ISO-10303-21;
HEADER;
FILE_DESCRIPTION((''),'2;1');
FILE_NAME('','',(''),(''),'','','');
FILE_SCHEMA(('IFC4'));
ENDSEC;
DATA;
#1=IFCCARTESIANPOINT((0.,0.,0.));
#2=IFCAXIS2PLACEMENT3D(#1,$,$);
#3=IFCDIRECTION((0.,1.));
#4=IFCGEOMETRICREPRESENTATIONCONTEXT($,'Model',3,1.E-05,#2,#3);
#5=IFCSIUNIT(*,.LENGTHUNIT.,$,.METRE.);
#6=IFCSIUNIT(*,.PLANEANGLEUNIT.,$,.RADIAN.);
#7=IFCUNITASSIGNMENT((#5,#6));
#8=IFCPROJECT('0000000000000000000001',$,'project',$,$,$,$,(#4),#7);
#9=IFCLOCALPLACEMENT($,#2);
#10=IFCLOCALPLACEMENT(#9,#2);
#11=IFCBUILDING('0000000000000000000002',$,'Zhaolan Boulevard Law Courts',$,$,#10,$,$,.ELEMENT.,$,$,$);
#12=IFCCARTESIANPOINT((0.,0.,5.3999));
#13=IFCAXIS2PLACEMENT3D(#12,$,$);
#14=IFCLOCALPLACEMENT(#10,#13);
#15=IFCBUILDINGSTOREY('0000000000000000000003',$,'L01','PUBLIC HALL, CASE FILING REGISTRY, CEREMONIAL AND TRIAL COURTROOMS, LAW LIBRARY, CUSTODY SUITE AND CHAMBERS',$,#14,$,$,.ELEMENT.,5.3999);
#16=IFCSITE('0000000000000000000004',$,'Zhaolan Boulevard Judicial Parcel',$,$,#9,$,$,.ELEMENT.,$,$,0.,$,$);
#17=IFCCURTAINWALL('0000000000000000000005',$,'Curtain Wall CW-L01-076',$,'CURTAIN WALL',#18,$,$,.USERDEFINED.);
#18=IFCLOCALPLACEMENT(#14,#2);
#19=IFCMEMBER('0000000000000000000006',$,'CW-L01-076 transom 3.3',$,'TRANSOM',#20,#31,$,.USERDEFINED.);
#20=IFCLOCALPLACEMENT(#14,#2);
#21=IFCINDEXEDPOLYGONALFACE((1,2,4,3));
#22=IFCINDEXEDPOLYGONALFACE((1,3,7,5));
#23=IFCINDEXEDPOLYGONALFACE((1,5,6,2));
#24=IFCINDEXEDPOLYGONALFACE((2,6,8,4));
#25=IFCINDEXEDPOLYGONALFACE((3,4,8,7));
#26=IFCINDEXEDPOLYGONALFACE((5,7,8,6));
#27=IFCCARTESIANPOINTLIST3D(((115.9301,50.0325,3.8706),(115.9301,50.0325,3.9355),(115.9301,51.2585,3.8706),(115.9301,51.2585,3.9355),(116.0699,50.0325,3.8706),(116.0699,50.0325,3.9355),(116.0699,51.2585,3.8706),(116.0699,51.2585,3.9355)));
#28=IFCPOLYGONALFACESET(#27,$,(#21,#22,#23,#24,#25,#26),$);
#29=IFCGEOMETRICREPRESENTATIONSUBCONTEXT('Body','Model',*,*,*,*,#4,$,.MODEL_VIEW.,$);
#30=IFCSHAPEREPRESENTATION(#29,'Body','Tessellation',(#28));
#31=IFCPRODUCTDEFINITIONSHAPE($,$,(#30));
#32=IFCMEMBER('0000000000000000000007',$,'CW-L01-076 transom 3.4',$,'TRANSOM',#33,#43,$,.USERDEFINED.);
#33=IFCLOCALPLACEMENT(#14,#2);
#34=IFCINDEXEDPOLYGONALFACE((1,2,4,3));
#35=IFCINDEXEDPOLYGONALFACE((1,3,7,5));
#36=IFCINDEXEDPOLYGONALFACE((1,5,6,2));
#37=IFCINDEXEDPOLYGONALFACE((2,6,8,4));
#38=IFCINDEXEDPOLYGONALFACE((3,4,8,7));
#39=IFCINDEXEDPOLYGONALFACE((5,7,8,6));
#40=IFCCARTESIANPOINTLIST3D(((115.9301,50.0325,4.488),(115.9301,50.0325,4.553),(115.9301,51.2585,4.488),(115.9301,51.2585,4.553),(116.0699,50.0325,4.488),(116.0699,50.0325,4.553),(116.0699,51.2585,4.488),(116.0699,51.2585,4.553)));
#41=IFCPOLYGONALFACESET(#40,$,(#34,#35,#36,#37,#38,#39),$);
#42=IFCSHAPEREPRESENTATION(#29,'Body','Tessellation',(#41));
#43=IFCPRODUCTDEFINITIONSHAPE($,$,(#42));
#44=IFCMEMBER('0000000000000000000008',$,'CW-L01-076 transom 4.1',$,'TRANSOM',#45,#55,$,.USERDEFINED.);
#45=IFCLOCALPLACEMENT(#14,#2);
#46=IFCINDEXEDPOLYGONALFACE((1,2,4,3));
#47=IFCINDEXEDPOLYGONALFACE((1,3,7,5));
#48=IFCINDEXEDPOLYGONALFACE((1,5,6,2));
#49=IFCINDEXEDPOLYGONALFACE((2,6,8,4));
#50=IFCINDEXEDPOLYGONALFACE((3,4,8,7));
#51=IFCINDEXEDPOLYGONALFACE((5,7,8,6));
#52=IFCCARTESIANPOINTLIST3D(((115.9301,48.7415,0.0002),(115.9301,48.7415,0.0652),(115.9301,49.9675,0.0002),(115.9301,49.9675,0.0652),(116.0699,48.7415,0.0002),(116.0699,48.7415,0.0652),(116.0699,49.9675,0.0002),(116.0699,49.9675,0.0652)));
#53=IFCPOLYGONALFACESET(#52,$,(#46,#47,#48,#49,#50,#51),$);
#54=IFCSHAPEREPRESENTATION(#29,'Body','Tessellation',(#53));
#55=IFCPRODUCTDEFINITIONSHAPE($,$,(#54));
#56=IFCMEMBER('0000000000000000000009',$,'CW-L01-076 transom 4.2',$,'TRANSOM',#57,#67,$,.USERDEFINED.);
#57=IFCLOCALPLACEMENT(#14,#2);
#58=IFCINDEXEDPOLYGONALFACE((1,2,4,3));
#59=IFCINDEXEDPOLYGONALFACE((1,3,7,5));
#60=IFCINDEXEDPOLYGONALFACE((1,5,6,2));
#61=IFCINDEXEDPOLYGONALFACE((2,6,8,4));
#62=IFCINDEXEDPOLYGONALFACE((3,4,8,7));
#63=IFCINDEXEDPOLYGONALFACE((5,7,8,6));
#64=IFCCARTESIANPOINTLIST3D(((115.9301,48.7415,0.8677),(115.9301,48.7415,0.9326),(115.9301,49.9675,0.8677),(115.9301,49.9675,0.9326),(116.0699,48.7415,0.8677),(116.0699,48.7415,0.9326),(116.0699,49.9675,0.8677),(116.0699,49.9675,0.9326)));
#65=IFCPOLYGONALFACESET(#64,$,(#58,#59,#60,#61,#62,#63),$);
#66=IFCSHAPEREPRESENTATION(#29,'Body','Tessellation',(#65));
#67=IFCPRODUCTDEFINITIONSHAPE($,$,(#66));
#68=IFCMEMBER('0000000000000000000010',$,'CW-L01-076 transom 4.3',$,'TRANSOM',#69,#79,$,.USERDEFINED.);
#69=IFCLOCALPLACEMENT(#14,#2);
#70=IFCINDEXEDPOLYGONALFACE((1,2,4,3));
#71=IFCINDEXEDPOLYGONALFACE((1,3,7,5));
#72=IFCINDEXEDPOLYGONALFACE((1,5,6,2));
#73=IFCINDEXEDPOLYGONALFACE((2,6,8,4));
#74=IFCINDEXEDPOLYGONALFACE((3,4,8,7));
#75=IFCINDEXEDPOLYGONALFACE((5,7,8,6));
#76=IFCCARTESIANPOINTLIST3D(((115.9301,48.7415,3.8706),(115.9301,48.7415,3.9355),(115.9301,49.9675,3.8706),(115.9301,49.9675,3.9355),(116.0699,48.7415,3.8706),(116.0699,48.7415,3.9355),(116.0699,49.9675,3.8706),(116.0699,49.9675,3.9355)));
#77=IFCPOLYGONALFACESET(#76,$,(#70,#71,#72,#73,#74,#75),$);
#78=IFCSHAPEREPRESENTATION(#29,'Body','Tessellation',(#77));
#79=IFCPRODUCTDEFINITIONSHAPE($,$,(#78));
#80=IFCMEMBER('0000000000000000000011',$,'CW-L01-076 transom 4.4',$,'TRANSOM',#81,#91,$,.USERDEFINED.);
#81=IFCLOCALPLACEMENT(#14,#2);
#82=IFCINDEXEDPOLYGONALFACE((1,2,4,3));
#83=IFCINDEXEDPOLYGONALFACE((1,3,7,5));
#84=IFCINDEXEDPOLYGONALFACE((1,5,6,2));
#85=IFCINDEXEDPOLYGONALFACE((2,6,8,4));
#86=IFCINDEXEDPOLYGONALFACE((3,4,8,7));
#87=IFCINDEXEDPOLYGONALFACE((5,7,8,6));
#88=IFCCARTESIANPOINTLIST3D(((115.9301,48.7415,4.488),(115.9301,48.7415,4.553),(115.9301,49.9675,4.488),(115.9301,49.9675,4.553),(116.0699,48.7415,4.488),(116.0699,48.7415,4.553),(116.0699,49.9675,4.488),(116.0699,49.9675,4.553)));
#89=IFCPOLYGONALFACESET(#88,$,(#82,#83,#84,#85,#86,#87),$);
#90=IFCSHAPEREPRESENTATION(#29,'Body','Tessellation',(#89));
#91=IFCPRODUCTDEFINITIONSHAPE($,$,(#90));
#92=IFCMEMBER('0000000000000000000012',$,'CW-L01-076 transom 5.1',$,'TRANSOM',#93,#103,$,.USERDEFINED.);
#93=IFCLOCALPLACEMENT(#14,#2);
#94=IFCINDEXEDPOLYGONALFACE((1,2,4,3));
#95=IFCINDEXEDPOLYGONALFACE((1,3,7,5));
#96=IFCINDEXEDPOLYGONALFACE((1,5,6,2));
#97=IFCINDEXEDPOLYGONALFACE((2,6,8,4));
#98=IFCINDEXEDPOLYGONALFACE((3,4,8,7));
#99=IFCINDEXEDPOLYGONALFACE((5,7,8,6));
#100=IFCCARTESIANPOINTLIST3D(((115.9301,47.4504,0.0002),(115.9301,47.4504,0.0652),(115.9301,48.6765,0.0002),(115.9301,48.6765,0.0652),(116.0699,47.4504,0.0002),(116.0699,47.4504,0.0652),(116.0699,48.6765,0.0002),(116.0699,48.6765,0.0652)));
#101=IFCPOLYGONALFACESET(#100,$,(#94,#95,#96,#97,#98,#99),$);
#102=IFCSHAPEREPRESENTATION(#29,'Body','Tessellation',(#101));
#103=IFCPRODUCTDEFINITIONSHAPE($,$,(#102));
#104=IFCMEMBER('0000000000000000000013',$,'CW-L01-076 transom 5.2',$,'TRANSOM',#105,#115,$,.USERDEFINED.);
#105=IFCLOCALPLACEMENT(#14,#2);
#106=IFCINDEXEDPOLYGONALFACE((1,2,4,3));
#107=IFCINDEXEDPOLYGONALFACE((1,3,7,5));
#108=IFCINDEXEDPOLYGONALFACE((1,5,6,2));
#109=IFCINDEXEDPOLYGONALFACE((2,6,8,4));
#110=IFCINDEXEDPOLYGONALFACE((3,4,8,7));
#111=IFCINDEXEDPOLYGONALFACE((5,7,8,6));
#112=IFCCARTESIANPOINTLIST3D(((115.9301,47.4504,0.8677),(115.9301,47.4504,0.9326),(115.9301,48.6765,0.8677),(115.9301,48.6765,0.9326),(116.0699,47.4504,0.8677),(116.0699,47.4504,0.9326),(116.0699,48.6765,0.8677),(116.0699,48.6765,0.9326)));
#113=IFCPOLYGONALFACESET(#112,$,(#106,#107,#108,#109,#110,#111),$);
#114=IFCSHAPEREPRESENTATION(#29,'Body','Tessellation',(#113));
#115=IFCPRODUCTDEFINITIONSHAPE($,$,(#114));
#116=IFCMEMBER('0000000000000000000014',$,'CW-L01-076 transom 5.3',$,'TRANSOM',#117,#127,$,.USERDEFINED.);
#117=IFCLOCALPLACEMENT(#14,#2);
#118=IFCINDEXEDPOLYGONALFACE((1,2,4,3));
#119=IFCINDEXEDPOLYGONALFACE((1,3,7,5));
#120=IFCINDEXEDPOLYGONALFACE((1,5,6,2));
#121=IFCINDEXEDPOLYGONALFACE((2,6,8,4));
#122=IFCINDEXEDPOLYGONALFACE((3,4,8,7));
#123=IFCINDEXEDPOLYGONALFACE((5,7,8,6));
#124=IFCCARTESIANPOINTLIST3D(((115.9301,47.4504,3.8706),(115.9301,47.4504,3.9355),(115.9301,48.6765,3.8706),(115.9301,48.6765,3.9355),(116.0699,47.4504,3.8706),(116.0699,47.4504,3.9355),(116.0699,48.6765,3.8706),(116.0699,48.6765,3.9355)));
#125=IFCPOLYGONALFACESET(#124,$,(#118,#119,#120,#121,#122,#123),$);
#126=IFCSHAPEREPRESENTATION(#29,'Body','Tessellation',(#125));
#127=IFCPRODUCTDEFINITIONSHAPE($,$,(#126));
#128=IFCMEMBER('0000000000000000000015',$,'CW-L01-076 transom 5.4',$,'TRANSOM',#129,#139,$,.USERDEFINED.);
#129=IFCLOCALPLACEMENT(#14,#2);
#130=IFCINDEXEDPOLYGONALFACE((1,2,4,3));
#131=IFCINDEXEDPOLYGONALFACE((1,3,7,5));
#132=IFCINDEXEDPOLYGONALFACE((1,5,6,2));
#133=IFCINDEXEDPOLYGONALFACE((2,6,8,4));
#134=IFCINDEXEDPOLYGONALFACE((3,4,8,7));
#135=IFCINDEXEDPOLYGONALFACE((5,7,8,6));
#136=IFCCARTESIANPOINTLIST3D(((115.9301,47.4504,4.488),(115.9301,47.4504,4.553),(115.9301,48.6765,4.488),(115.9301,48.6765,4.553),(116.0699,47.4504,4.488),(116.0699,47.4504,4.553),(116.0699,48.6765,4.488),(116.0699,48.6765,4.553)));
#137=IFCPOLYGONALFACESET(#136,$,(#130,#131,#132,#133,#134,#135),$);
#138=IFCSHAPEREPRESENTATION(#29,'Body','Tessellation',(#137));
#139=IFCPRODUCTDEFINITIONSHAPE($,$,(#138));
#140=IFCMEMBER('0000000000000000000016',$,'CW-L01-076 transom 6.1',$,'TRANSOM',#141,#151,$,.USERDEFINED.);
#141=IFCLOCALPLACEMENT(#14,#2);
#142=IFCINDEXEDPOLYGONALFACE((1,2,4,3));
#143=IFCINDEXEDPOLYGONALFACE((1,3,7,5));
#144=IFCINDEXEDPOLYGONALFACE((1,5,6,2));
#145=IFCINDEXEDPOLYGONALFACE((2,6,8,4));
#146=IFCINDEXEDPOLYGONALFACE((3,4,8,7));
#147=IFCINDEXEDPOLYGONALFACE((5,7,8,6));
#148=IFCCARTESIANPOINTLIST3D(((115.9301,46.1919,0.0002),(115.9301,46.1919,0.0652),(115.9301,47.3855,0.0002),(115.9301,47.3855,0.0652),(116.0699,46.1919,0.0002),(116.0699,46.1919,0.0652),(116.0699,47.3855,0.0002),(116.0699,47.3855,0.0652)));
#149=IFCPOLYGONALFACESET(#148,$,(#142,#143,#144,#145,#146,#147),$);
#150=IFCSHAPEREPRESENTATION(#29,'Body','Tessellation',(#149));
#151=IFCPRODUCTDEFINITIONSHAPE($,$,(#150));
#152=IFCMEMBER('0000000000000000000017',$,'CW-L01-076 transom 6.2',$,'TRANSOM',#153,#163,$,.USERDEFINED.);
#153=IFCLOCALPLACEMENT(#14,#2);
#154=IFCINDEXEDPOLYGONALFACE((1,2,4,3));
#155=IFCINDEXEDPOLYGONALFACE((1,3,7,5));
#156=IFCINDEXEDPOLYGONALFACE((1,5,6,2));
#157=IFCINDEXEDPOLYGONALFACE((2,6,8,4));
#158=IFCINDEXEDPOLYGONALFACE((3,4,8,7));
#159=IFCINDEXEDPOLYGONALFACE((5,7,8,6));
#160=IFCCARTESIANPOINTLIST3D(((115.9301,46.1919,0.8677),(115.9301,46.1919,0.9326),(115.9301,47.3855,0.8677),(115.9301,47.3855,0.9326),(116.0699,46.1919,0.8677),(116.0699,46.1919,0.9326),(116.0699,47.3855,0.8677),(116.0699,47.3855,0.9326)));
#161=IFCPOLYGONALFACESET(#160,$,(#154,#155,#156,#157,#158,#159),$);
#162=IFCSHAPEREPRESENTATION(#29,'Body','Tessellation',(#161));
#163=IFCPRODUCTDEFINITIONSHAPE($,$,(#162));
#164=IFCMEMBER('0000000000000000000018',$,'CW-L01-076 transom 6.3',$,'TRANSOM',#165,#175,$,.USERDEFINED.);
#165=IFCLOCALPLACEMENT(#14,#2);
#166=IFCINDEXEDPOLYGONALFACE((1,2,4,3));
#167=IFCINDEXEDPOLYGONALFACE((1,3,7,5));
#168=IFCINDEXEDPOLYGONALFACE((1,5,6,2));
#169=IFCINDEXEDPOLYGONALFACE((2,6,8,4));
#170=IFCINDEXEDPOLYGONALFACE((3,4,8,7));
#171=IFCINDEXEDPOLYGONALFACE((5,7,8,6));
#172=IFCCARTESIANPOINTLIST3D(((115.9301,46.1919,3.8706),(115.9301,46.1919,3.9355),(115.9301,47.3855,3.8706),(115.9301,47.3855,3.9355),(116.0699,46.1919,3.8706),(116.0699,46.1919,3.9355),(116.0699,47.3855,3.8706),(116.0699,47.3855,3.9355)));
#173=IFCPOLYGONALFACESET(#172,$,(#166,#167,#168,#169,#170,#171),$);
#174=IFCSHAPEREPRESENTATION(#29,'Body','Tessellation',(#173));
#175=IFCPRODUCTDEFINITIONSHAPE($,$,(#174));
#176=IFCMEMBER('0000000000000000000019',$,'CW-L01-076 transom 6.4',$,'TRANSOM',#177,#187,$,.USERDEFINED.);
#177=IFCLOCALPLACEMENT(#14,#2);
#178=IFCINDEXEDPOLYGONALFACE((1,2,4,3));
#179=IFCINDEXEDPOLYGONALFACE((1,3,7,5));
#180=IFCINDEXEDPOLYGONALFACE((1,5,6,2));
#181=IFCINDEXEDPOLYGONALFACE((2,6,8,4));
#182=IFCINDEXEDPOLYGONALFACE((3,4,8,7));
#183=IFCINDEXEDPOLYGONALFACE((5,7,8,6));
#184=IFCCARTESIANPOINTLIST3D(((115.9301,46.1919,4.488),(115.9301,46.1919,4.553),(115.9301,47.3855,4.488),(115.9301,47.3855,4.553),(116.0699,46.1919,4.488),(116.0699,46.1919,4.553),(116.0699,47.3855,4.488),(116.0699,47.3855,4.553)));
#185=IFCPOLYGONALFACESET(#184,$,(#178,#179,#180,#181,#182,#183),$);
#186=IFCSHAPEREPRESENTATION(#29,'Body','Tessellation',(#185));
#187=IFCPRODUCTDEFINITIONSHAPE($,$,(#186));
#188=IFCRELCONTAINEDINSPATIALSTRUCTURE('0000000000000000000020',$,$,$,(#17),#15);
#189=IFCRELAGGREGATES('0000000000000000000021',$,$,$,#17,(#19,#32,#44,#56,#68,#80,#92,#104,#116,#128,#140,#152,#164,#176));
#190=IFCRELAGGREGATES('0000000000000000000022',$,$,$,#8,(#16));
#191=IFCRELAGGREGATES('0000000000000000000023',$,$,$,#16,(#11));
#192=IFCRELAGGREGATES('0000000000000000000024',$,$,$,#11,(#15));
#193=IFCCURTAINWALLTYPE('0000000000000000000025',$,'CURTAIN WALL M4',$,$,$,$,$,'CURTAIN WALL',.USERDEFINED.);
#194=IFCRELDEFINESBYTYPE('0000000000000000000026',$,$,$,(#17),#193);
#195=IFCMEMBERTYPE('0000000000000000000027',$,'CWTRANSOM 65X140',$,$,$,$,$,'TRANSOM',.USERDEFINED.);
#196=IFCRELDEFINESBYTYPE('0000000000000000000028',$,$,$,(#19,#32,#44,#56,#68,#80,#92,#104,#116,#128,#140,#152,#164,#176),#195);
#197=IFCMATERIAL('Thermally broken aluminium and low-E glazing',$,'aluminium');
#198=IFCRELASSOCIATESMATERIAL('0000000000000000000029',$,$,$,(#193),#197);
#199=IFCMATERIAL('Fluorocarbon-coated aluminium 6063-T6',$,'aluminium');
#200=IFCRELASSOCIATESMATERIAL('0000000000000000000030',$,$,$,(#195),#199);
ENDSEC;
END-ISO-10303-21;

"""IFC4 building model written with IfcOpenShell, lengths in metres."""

from ifc_helpers import new_model, si_unit, direction, frame, origin, origin_2d, place, context, subcontext, project, spatial, rectangle, extrude, material, material_profile, profile_set, type_object, element, aggregate, save


model = new_model("IFC4")

# Units and contexts
model_context = context("Model", 3, precision=1e-05, world=origin(), true_north=direction((0.0, 1.0)))
body_context = subcontext(model_context, "Body", "Model", "MODEL_VIEW")
ifc_project = project(units=[si_unit("LENGTHUNIT", "METRE"), si_unit("PLANEANGLEUNIT", "RADIAN")], contexts=[model_context])

# Site, building, storey
site_placement = place(None, origin())
site = spatial("IfcSite", under=ifc_project, at=site_placement, Name="Zhaolan Boulevard Judicial Parcel", CompositionType="ELEMENT", RefElevation=0.0)
building_placement = place(site_placement, origin())
building = spatial("IfcBuilding", under=site, at=building_placement, Name="Zhaolan Boulevard Law Courts", CompositionType="ELEMENT")
storey_placement = place(building_placement, frame((0.0, 0.0, 5.3999)))
storey = spatial("IfcBuildingStorey", under=building, at=storey_placement, Name="L01", Description="PUBLIC HALL, CASE FILING REGISTRY, CEREMONIAL AND TRIAL COURTROOMS, LAW LIBRARY, CUSTODY SUITE AND CHAMBERS", CompositionType="ELEMENT", Elevation=5.3999)

# Curtain wall
ifc_material_1 = material(Name="Thermally broken aluminium and low-E glazing", Category="aluminium")
curtain_wall_type_1 = type_object("IfcCurtainWallType", Name="CURTAIN WALL M4", ElementType="CURTAIN WALL", PredefinedType="USERDEFINED", material=ifc_material_1)
curtain_wall_1_placement = place(storey_placement, origin())
curtain_wall_1 = element("IfcCurtainWall", 1, at=curtain_wall_1_placement, inside=storey, type_object=curtain_wall_type_1, Name="Curtain Wall CW-L01-076", ObjectType="CURTAIN WALL", PredefinedType="USERDEFINED")

# Members
ifc_material_2 = material(Name="Fluorocarbon-coated aluminium 6063-T6", Category="aluminium")
ifc_material_profile_1 = material_profile(ifc_material_2, rectangle(XDim=0.1399, YDim=0.0649, at=origin_2d()), Name="AL65x140")
ifc_profile_set_1 = profile_set([ifc_material_profile_1], Name="Fluorocarbon-coated aluminium 6063-T6")
member_type_1 = type_object("IfcMemberType", Name="CWTRANSOM 65X140", ElementType="TRANSOM", PredefinedType="USERDEFINED", material=ifc_profile_set_1)
member_1_placement = place(storey_placement, frame((116.0, 51.2585, 3.9031), z_axis=(0.0, -1.0, 0.0), x_axis=(1.0, 0.0, 0.0)))
member_1 = element("IfcMember", 2, at=member_1_placement, type_object=member_type_1, Name="CW-L01-076 transom 3.3", ObjectType="TRANSOM", PredefinedType="USERDEFINED", context=body_context, shape_type="SweptSolid", body=[
    extrude(rectangle(XDim=0.1399, YDim=0.0649, at=origin_2d()), origin(), (0.0, 0.0, 1.0), 1.2261),
])
member_2_placement = place(storey_placement, frame((116.0, 51.2585, 4.5205), z_axis=(0.0, -1.0, 0.0), x_axis=(1.0, 0.0, 0.0)))
member_2 = element("IfcMember", 3, at=member_2_placement, type_object=member_type_1, Name="CW-L01-076 transom 3.4", ObjectType="TRANSOM", PredefinedType="USERDEFINED", context=body_context, shape_type="SweptSolid", body=[
    extrude(rectangle(XDim=0.1399, YDim=0.0649, at=origin_2d()), origin(), (0.0, 0.0, 1.0), 1.2261),
])
member_3_placement = place(storey_placement, frame((116.0, 49.9675, 0.0327), z_axis=(0.0, -1.0, 0.0), x_axis=(1.0, 0.0, 0.0)))
member_3 = element("IfcMember", 4, at=member_3_placement, type_object=member_type_1, Name="CW-L01-076 transom 4.1", ObjectType="TRANSOM", PredefinedType="USERDEFINED", context=body_context, shape_type="SweptSolid", body=[
    extrude(rectangle(XDim=0.1399, YDim=0.0649, at=origin_2d()), origin(), (0.0, 0.0, 1.0), 1.2261),
])
member_4_placement = place(storey_placement, frame((116.0, 49.9675, 0.9001), z_axis=(0.0, -1.0, 0.0), x_axis=(1.0, 0.0, 0.0)))
member_4 = element("IfcMember", 5, at=member_4_placement, type_object=member_type_1, Name="CW-L01-076 transom 4.2", ObjectType="TRANSOM", PredefinedType="USERDEFINED", context=body_context, shape_type="SweptSolid", body=[
    extrude(rectangle(XDim=0.1399, YDim=0.0649, at=origin_2d()), origin(), (0.0, 0.0, 1.0), 1.2261),
])
member_5_placement = place(storey_placement, frame((116.0, 49.9675, 3.9031), z_axis=(0.0, -1.0, 0.0), x_axis=(1.0, 0.0, 0.0)))
member_5 = element("IfcMember", 6, at=member_5_placement, type_object=member_type_1, Name="CW-L01-076 transom 4.3", ObjectType="TRANSOM", PredefinedType="USERDEFINED", context=body_context, shape_type="SweptSolid", body=[
    extrude(rectangle(XDim=0.1399, YDim=0.0649, at=origin_2d()), origin(), (0.0, 0.0, 1.0), 1.2261),
])
member_6_placement = place(storey_placement, frame((116.0, 49.9675, 4.5205), z_axis=(0.0, -1.0, 0.0), x_axis=(1.0, 0.0, 0.0)))
member_6 = element("IfcMember", 7, at=member_6_placement, type_object=member_type_1, Name="CW-L01-076 transom 4.4", ObjectType="TRANSOM", PredefinedType="USERDEFINED", context=body_context, shape_type="SweptSolid", body=[
    extrude(rectangle(XDim=0.1399, YDim=0.0649, at=origin_2d()), origin(), (0.0, 0.0, 1.0), 1.2261),
])
member_7_placement = place(storey_placement, frame((116.0, 48.6765, 0.0327), z_axis=(0.0, -1.0, 0.0), x_axis=(1.0, 0.0, 0.0)))
member_7 = element("IfcMember", 8, at=member_7_placement, type_object=member_type_1, Name="CW-L01-076 transom 5.1", ObjectType="TRANSOM", PredefinedType="USERDEFINED", context=body_context, shape_type="SweptSolid", body=[
    extrude(rectangle(XDim=0.1399, YDim=0.0649, at=origin_2d()), origin(), (0.0, 0.0, 1.0), 1.2261),
])
member_8_placement = place(storey_placement, frame((116.0, 48.6765, 0.9001), z_axis=(0.0, -1.0, 0.0), x_axis=(1.0, 0.0, 0.0)))
member_8 = element("IfcMember", 9, at=member_8_placement, type_object=member_type_1, Name="CW-L01-076 transom 5.2", ObjectType="TRANSOM", PredefinedType="USERDEFINED", context=body_context, shape_type="SweptSolid", body=[
    extrude(rectangle(XDim=0.1399, YDim=0.0649, at=origin_2d()), origin(), (0.0, 0.0, 1.0), 1.2261),
])
member_9_placement = place(storey_placement, frame((116.0, 48.6765, 3.9031), z_axis=(0.0, -1.0, 0.0), x_axis=(1.0, 0.0, 0.0)))
member_9 = element("IfcMember", 10, at=member_9_placement, type_object=member_type_1, Name="CW-L01-076 transom 5.3", ObjectType="TRANSOM", PredefinedType="USERDEFINED", context=body_context, shape_type="SweptSolid", body=[
    extrude(rectangle(XDim=0.1399, YDim=0.0649, at=origin_2d()), origin(), (0.0, 0.0, 1.0), 1.2261),
])
member_10_placement = place(storey_placement, frame((116.0, 48.6765, 4.5205), z_axis=(0.0, -1.0, 0.0), x_axis=(1.0, 0.0, 0.0)))
member_10 = element("IfcMember", 11, at=member_10_placement, type_object=member_type_1, Name="CW-L01-076 transom 5.4", ObjectType="TRANSOM", PredefinedType="USERDEFINED", context=body_context, shape_type="SweptSolid", body=[
    extrude(rectangle(XDim=0.1399, YDim=0.0649, at=origin_2d()), origin(), (0.0, 0.0, 1.0), 1.2261),
])
member_11_placement = place(storey_placement, frame((116.0, 47.3855, 0.0327), z_axis=(0.0, -1.0, 0.0), x_axis=(1.0, 0.0, 0.0)))
member_11 = element("IfcMember", 12, at=member_11_placement, type_object=member_type_1, Name="CW-L01-076 transom 6.1", ObjectType="TRANSOM", PredefinedType="USERDEFINED", context=body_context, shape_type="SweptSolid", body=[
    extrude(rectangle(XDim=0.1399, YDim=0.0649, at=origin_2d()), origin(), (0.0, 0.0, 1.0), 1.1936),
])
member_12_placement = place(storey_placement, frame((116.0, 47.3855, 0.9001), z_axis=(0.0, -1.0, 0.0), x_axis=(1.0, 0.0, 0.0)))
member_12 = element("IfcMember", 13, at=member_12_placement, type_object=member_type_1, Name="CW-L01-076 transom 6.2", ObjectType="TRANSOM", PredefinedType="USERDEFINED", context=body_context, shape_type="SweptSolid", body=[
    extrude(rectangle(XDim=0.1399, YDim=0.0649, at=origin_2d()), origin(), (0.0, 0.0, 1.0), 1.1936),
])
member_13_placement = place(storey_placement, frame((116.0, 47.3855, 3.9031), z_axis=(0.0, -1.0, 0.0), x_axis=(1.0, 0.0, 0.0)))
member_13 = element("IfcMember", 14, at=member_13_placement, type_object=member_type_1, Name="CW-L01-076 transom 6.3", ObjectType="TRANSOM", PredefinedType="USERDEFINED", context=body_context, shape_type="SweptSolid", body=[
    extrude(rectangle(XDim=0.1399, YDim=0.0649, at=origin_2d()), origin(), (0.0, 0.0, 1.0), 1.1936),
])
member_14_placement = place(storey_placement, frame((116.0, 47.3855, 4.5205), z_axis=(0.0, -1.0, 0.0), x_axis=(1.0, 0.0, 0.0)))
member_14 = element("IfcMember", 15, at=member_14_placement, type_object=member_type_1, Name="CW-L01-076 transom 6.4", ObjectType="TRANSOM", PredefinedType="USERDEFINED", context=body_context, shape_type="SweptSolid", body=[
    extrude(rectangle(XDim=0.1399, YDim=0.0649, at=origin_2d()), origin(), (0.0, 0.0, 1.0), 1.1936),
])

aggregate(curtain_wall_1, [member_1, member_2, member_3, member_4, member_5, member_6, member_7, member_8, member_9, member_10, member_11, member_12, member_13, member_14])

save(model, "model.ifc")
